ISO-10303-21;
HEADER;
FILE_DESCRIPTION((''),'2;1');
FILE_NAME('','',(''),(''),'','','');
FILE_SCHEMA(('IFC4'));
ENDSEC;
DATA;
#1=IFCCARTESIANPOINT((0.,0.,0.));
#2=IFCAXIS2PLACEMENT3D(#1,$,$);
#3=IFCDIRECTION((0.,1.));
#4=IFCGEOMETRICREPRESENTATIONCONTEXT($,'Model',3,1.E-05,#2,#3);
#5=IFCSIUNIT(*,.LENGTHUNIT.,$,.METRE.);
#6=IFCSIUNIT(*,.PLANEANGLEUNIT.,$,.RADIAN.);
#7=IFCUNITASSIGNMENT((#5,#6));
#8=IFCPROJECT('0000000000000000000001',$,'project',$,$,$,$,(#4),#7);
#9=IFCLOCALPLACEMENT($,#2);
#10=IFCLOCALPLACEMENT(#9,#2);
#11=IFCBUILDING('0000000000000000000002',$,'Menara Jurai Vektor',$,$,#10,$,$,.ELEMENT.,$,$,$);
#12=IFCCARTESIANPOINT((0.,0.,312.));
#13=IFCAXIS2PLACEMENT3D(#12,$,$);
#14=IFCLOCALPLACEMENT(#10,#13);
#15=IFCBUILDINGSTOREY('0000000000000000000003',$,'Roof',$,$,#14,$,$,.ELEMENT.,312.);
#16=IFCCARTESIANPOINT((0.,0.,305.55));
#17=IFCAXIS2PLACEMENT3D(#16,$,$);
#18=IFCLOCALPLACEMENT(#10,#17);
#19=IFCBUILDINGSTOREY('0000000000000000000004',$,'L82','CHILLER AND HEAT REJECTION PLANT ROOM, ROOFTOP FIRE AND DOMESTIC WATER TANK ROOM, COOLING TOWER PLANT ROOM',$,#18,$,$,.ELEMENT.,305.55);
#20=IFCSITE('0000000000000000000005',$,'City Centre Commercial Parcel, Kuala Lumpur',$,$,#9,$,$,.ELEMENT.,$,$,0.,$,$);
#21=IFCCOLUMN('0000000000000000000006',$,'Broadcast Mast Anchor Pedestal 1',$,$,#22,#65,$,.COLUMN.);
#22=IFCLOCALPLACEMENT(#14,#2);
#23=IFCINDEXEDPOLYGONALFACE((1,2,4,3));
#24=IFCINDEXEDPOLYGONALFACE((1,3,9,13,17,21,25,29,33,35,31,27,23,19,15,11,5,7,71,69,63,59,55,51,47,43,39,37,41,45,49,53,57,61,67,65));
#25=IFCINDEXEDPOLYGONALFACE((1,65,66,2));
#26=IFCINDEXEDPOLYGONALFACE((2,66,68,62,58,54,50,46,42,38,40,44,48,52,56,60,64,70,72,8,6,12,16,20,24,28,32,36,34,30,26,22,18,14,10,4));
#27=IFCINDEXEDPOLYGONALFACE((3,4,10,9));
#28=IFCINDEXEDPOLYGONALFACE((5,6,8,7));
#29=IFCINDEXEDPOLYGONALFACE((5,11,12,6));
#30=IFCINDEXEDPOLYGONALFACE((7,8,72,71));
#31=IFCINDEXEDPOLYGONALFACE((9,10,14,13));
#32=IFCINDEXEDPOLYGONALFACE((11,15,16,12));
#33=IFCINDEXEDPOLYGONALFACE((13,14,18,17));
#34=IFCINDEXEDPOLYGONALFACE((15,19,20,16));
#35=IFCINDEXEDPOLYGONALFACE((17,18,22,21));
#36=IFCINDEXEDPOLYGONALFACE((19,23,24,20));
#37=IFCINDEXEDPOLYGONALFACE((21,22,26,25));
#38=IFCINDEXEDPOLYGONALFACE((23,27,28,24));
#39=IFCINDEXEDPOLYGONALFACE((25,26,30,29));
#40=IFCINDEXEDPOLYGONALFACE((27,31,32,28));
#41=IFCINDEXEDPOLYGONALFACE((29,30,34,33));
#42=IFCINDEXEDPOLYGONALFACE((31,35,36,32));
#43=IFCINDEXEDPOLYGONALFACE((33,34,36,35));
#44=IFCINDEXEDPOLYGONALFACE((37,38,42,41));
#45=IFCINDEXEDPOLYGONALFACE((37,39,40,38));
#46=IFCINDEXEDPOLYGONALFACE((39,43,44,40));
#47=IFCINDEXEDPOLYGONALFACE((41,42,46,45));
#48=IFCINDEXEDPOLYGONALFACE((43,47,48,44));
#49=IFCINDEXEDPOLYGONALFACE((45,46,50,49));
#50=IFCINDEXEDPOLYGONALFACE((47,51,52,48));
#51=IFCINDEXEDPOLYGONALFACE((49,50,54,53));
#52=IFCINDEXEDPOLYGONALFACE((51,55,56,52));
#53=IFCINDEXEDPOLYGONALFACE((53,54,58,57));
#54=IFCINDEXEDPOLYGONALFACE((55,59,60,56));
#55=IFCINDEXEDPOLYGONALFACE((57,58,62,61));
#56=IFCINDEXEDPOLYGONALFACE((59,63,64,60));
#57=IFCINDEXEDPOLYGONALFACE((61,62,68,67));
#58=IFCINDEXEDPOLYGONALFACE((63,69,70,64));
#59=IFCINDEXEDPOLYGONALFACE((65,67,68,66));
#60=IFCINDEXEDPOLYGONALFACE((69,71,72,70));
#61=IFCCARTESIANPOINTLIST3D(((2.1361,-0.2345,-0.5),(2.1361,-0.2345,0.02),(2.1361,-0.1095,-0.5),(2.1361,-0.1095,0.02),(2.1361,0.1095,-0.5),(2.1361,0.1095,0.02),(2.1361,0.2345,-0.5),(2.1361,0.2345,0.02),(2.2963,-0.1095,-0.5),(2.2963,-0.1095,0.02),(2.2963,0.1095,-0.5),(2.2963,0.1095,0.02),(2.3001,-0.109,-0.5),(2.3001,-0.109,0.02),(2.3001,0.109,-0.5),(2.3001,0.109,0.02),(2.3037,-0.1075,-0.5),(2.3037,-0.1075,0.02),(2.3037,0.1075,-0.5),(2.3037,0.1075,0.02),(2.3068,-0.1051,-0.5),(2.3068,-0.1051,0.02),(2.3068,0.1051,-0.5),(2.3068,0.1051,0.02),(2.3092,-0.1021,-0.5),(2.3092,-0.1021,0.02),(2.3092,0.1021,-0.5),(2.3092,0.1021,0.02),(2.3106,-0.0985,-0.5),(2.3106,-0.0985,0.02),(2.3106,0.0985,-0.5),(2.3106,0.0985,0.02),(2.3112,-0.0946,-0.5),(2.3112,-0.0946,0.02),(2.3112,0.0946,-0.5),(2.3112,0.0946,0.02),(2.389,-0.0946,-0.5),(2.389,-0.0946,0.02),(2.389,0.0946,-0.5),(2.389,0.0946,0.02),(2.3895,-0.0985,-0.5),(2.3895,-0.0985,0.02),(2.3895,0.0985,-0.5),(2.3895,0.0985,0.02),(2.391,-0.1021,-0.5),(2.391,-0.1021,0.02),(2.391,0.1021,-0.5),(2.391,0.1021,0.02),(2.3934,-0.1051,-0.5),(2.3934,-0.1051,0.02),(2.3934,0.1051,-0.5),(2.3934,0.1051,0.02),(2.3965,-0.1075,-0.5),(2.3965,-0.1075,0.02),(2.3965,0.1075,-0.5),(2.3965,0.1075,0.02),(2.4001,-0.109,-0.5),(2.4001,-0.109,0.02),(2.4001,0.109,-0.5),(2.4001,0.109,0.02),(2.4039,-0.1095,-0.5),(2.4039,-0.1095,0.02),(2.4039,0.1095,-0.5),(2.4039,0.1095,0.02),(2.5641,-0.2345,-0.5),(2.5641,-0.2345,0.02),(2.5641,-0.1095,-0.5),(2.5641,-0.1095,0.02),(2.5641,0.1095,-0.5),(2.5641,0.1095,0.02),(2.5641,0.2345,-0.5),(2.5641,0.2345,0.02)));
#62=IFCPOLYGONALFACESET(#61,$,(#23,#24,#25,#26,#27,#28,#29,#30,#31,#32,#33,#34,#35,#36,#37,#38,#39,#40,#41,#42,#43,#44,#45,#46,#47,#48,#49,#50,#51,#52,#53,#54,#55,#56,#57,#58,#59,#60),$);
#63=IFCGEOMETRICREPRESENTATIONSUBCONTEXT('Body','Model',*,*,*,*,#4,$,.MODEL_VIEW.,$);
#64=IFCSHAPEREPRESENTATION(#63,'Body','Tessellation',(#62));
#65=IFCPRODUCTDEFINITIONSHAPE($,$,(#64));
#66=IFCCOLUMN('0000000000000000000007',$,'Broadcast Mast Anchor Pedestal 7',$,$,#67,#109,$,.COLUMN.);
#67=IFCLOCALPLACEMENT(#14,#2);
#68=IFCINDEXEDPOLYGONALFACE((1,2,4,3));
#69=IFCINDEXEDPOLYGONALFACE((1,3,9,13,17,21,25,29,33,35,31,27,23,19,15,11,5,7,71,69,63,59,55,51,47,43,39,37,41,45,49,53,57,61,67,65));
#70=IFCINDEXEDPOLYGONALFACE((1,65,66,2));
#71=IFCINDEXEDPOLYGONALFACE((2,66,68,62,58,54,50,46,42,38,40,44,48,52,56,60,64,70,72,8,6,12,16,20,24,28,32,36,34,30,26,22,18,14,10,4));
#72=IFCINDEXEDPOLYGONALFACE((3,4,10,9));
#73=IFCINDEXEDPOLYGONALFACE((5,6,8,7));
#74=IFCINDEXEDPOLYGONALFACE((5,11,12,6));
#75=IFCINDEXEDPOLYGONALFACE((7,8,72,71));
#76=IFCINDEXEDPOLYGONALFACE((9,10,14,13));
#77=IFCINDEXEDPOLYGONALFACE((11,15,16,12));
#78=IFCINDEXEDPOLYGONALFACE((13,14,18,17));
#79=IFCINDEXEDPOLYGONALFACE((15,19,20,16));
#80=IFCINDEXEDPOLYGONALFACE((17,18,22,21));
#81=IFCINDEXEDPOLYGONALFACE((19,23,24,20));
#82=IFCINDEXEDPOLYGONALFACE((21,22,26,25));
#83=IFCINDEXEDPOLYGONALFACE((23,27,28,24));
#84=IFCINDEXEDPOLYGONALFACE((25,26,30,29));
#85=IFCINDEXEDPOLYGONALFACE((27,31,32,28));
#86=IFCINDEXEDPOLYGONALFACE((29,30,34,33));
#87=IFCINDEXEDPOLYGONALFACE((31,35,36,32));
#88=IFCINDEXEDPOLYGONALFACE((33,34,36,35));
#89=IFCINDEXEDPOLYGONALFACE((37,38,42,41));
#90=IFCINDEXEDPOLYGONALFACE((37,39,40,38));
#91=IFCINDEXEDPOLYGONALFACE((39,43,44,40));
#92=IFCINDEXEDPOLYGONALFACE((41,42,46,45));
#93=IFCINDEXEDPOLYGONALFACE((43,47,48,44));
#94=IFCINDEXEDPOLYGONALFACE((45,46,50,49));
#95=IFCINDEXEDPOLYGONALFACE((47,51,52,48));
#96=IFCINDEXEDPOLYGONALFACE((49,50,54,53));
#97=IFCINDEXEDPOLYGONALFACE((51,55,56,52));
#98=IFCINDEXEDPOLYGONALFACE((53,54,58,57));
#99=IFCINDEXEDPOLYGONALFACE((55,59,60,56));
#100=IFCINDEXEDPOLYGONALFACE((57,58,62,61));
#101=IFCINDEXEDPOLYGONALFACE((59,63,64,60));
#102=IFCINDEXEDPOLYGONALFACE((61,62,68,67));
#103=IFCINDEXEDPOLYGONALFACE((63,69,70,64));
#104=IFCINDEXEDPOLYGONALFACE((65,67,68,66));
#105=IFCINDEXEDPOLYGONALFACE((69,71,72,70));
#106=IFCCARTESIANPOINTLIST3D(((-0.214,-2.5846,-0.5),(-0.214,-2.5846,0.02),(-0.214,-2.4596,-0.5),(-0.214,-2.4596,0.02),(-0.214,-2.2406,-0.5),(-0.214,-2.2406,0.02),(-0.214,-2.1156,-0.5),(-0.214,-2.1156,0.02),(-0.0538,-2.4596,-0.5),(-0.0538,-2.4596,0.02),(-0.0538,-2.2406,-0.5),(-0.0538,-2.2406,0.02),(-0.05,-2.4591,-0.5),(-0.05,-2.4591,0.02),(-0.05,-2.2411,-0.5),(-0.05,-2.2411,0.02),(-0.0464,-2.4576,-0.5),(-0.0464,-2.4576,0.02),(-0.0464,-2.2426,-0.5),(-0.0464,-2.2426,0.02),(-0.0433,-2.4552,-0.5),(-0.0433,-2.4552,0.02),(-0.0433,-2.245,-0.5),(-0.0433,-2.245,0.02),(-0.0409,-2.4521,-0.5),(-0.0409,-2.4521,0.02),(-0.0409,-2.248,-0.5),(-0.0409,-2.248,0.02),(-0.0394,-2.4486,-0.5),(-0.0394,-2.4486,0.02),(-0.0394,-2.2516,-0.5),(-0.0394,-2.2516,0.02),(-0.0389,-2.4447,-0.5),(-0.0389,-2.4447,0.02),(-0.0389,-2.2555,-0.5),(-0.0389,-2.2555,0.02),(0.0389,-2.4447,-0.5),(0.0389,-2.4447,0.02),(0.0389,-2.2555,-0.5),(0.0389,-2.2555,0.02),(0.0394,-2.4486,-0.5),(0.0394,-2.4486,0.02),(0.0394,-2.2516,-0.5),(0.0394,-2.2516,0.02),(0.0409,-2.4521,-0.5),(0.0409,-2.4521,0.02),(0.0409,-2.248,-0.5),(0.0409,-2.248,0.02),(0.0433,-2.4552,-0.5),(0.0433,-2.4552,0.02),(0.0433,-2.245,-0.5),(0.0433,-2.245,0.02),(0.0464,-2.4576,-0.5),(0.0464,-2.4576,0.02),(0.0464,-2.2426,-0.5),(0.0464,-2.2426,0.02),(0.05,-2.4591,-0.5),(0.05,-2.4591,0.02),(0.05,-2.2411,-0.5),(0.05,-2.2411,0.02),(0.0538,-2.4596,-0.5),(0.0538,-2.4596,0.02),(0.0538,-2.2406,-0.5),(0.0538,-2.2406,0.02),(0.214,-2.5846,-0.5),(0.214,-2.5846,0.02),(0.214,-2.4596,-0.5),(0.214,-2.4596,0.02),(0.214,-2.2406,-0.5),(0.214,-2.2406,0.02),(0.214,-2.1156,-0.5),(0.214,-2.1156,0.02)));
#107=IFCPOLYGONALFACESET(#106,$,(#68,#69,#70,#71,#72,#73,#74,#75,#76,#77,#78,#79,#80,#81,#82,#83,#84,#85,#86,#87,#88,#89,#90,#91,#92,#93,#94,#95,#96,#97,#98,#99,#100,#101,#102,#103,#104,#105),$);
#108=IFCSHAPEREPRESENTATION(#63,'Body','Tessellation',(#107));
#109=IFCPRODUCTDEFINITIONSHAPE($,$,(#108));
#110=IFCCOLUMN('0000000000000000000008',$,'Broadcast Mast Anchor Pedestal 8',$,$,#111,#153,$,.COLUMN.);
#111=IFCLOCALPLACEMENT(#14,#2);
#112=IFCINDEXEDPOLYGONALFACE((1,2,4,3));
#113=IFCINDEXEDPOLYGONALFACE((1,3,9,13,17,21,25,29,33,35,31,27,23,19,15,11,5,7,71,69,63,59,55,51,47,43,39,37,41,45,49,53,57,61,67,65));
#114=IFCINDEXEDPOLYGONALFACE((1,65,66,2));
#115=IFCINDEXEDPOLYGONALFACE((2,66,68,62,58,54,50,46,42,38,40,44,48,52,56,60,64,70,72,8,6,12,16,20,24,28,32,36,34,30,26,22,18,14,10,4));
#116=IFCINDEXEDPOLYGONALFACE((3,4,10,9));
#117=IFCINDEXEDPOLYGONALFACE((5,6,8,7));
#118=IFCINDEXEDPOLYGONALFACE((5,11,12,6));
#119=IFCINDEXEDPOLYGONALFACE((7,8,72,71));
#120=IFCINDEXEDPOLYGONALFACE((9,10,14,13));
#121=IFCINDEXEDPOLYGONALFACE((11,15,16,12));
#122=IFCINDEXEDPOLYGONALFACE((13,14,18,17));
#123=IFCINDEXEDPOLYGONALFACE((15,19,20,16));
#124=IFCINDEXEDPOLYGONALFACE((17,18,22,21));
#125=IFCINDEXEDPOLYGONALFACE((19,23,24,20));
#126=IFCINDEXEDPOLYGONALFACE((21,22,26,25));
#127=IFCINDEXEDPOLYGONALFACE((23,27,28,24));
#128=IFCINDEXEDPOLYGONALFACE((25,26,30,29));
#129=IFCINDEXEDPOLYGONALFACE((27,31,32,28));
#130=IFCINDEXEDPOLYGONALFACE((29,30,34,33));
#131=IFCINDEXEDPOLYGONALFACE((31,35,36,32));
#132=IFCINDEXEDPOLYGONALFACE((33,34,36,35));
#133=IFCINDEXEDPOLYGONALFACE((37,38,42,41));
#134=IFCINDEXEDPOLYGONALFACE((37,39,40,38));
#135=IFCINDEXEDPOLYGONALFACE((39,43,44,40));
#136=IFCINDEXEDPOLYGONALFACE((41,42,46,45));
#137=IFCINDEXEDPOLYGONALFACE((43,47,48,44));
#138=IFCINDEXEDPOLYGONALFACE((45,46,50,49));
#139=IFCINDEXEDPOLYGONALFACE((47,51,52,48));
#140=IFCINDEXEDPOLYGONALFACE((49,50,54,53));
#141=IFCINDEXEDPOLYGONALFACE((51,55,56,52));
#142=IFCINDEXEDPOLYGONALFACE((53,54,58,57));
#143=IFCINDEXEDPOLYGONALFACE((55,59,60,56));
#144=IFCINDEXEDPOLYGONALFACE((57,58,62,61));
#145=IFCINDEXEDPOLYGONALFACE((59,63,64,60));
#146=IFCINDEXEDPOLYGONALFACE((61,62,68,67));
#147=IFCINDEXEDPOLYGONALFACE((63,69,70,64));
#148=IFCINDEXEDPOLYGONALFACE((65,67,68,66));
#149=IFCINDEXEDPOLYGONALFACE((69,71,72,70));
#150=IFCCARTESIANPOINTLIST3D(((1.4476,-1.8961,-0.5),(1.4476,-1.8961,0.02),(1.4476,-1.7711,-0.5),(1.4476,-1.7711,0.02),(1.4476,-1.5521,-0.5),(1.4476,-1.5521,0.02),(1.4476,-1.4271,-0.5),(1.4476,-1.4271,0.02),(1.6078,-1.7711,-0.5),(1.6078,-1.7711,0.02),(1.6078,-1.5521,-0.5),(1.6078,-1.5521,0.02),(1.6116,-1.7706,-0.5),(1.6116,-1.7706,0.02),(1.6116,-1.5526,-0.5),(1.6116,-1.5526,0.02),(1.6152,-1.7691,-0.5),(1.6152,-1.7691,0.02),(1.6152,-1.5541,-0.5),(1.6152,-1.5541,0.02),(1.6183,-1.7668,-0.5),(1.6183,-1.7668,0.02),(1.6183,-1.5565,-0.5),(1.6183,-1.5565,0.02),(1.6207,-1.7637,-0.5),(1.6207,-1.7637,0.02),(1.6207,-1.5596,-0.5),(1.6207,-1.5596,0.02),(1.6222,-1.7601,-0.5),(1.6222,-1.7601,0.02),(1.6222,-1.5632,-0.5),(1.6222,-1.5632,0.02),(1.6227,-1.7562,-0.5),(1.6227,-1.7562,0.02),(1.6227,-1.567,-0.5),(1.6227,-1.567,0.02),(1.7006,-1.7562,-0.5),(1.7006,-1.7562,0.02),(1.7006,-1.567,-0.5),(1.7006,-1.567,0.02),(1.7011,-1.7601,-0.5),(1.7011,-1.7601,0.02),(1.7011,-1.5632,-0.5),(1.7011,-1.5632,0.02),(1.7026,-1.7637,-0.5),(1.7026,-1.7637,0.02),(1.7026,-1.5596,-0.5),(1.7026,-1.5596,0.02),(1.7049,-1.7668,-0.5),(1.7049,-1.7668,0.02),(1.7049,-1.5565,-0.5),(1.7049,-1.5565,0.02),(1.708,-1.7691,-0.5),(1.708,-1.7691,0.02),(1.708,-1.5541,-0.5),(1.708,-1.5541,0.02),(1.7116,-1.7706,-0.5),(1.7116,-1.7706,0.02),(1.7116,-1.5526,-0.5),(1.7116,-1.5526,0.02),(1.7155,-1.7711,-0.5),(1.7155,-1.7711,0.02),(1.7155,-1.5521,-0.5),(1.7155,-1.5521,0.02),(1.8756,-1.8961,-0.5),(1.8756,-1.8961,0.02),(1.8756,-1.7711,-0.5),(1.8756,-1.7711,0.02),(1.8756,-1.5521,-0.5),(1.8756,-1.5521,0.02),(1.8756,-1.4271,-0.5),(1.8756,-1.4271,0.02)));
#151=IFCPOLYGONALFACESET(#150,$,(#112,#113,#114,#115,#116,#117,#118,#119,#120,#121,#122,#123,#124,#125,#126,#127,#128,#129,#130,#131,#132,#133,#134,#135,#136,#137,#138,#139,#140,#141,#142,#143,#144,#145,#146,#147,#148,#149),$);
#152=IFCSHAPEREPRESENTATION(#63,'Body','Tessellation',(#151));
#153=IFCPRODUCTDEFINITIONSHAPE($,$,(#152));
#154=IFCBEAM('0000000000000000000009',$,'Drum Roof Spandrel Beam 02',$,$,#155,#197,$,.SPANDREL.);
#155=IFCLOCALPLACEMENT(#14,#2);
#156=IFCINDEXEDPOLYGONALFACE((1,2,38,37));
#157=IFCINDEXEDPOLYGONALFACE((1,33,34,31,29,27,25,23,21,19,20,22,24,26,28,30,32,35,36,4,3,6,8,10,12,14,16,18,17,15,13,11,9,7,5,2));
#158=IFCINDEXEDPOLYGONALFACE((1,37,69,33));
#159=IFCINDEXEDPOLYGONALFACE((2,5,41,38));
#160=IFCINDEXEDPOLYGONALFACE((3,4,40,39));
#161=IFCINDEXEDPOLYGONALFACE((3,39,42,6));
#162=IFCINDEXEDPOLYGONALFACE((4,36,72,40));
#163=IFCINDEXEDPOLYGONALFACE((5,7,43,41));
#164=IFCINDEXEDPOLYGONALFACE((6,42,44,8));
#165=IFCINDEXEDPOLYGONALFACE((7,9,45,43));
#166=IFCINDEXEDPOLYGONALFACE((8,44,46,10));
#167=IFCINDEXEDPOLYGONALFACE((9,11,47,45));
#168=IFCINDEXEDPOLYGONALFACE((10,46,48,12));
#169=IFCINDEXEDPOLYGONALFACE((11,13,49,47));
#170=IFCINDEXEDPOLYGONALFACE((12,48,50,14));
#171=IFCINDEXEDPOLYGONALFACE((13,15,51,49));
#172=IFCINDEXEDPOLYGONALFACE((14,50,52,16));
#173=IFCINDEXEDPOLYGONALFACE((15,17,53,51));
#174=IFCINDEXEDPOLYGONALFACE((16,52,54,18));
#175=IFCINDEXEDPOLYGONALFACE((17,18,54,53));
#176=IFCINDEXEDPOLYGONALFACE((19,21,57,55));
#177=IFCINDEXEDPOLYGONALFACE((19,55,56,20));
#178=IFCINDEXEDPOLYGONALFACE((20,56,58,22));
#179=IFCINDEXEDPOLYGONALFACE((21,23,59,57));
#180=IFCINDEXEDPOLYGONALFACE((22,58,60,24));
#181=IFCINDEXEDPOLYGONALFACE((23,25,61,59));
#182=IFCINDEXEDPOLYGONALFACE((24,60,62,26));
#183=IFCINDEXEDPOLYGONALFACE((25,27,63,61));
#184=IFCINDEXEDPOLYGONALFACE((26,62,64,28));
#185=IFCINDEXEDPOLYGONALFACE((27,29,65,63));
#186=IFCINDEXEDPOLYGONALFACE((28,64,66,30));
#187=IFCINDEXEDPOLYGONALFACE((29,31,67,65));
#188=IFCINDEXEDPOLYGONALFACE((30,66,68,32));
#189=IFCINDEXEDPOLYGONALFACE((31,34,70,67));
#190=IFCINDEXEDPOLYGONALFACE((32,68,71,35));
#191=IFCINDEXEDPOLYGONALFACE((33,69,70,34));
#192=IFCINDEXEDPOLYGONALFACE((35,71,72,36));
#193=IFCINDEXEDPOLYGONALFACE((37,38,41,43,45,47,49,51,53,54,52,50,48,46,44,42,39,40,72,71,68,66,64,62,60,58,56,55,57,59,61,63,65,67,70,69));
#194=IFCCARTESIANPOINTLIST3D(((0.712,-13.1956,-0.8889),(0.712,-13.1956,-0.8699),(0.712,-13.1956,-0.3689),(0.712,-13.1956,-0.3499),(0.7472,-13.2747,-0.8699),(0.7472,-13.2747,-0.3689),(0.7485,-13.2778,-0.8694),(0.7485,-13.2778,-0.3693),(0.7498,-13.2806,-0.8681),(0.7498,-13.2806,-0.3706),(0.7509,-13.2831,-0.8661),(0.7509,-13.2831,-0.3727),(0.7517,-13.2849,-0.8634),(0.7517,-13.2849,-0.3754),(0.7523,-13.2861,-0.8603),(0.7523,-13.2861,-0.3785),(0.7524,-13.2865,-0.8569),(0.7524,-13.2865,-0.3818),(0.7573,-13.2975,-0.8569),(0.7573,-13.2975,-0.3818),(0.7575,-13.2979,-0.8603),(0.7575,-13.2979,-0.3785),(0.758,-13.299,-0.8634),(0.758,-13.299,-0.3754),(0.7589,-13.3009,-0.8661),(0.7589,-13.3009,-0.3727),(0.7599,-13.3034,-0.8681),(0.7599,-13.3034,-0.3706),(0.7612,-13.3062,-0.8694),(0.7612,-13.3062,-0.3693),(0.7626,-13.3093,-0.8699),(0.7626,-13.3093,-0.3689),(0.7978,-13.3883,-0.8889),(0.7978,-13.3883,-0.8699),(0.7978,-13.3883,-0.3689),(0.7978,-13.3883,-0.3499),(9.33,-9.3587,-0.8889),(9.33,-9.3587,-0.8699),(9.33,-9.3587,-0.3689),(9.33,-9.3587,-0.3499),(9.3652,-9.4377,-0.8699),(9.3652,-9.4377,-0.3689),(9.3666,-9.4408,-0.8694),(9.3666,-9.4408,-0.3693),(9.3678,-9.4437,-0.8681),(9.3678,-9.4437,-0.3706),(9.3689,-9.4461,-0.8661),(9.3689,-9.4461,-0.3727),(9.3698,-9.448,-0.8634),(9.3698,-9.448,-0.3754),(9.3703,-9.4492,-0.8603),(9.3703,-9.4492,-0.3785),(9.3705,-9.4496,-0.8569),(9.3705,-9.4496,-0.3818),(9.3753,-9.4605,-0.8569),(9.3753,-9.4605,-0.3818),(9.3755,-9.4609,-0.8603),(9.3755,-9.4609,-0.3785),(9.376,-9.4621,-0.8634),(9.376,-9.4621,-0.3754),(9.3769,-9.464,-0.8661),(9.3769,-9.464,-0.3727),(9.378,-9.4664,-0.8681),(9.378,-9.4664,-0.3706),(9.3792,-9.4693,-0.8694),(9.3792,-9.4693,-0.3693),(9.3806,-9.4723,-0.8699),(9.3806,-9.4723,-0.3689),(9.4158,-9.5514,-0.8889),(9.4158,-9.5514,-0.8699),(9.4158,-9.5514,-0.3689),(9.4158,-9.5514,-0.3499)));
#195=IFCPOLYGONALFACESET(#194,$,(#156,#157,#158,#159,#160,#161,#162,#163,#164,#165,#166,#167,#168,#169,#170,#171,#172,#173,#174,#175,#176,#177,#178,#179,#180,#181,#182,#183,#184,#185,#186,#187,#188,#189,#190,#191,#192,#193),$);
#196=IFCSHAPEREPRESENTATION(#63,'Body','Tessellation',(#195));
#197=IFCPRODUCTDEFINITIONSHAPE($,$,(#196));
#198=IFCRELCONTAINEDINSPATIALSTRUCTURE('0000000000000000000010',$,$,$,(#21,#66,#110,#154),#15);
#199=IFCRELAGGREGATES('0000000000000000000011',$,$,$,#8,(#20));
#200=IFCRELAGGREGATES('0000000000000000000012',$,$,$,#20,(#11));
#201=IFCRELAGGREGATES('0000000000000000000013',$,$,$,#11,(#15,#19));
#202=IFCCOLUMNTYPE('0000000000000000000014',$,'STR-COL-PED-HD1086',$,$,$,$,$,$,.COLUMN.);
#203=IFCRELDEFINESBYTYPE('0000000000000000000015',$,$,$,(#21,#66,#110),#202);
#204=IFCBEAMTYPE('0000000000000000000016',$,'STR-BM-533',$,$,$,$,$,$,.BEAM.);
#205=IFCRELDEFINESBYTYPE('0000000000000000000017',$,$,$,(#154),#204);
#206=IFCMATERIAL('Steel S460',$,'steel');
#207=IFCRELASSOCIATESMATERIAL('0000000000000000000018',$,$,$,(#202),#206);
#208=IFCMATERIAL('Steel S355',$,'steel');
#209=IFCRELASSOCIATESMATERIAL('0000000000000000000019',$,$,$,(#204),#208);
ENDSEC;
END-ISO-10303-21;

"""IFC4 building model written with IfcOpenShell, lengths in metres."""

from ifc_helpers import new_model, si_unit, direction, frame, origin, origin_2d, place, context, subcontext, project, spatial, i_section, extrude, material, material_profile, profile_set, type_object, element, save


model = new_model("IFC4")

# Units and contexts
model_context = context("Model", 3, precision=1e-05, world=origin(), true_north=direction((0.0, 1.0)))
body_context = subcontext(model_context, "Body", "Model", "MODEL_VIEW")
ifc_project = project(units=[si_unit("LENGTHUNIT", "METRE"), si_unit("PLANEANGLEUNIT", "RADIAN")], contexts=[model_context])

# Site, building, storey
site_placement = place(None, origin())
site = spatial("IfcSite", under=ifc_project, at=site_placement, Name="City Centre Commercial Parcel, Kuala Lumpur", CompositionType="ELEMENT", RefElevation=0.0)
building_placement = place(site_placement, origin())
building = spatial("IfcBuilding", under=site, at=building_placement, Name="Menara Jurai Vektor", CompositionType="ELEMENT")
storey_1_placement = place(building_placement, frame((0.0, 0.0, 312.0)))
storey_1 = spatial("IfcBuildingStorey", under=building, at=storey_1_placement, Name="Roof", CompositionType="ELEMENT", Elevation=312.0)

# Columns
ifc_material_1 = material(Name="Steel S460", Category="steel")
ifc_material_profile_1 = material_profile(ifc_material_1, i_section(OverallWidth=0.428, OverallDepth=0.469, WebThickness=0.0779, FlangeThickness=0.125, FilletRadius=0.0149, at=origin_2d()), Name="HD 400x1086")
ifc_profile_set_1 = profile_set([ifc_material_profile_1], Name="Steel S460")
column_type = type_object("IfcColumnType", Name="STR-COL-PED-HD1086", PredefinedType="COLUMN", material=ifc_profile_set_1)
for number, where, z_axis, x_axis, name in (
    (1, (2.3501, 0.0, -0.5), (0.0, 0.0, 1.0), (1.0, 0.0, 0.0), "Broadcast Mast Anchor Pedestal 1"),
    (2, (0.0, -2.3501, -0.5), (0.0, 0.0, 1.0), (1.0, 0.0, 0.0), "Broadcast Mast Anchor Pedestal 7"),
    (3, (1.6616, -1.6616, -0.5), (0.0, 0.0, 1.0), (1.0, 0.0, 0.0), "Broadcast Mast Anchor Pedestal 8"),
):
    element("IfcColumn", number, at=place(storey_1_placement, frame(where, z_axis=z_axis, x_axis=x_axis)), inside=storey_1, type_object=column_type, Name=name, PredefinedType="COLUMN", context=body_context, shape_type="SweptSolid", body=[
        extrude(i_section(OverallWidth=0.428, OverallDepth=0.469, WebThickness=0.0779, FlangeThickness=0.125, FilletRadius=0.0149, at=origin_2d()), origin(), (0.0, 0.0, 1.0), 0.52),
    ])

# Beam
ifc_material_2 = material(Name="Steel S355", Category="steel")
ifc_material_profile_2 = material_profile(ifc_material_2, i_section(OverallWidth=0.2109, OverallDepth=0.5391, WebThickness=0.012, FlangeThickness=0.019, FilletRadius=0.0129, at=origin_2d()), Name="UKB 533x210x109")
ifc_profile_set_2 = profile_set([ifc_material_profile_2], Name="Steel S355")
beam_type_1 = type_object("IfcBeamType", Name="STR-BM-533", PredefinedType="BEAM", material=ifc_profile_set_2)
beam_1_placement = place(storey_1_placement, frame((0.7549, -13.292, -0.6194), z_axis=(0.913547, 0.406734, 0.0), x_axis=(-0.406734, 0.913547, 0.0)))
element("IfcBeam", 4, at=beam_1_placement, inside=storey_1, type_object=beam_type_1, Name="Drum Roof Spandrel Beam 02", PredefinedType="SPANDREL", context=body_context, shape_type="SweptSolid", body=[
    extrude(i_section(OverallWidth=0.2109, OverallDepth=0.5391, WebThickness=0.012, FlangeThickness=0.019, FilletRadius=0.0129, at=origin_2d()), origin(), (0.0, 0.0, 1.0), 9.4336),
])

# Shared definitions
storey_2_placement = place(building_placement, frame((0.0, 0.0, 305.55)))
storey_2 = spatial("IfcBuildingStorey", under=building, at=storey_2_placement, Name="L82", Description="CHILLER AND HEAT REJECTION PLANT ROOM, ROOFTOP FIRE AND DOMESTIC WATER TANK ROOM, COOLING TOWER PLANT ROOM", CompositionType="ELEMENT", Elevation=305.55)

save(model, "model.ifc")
